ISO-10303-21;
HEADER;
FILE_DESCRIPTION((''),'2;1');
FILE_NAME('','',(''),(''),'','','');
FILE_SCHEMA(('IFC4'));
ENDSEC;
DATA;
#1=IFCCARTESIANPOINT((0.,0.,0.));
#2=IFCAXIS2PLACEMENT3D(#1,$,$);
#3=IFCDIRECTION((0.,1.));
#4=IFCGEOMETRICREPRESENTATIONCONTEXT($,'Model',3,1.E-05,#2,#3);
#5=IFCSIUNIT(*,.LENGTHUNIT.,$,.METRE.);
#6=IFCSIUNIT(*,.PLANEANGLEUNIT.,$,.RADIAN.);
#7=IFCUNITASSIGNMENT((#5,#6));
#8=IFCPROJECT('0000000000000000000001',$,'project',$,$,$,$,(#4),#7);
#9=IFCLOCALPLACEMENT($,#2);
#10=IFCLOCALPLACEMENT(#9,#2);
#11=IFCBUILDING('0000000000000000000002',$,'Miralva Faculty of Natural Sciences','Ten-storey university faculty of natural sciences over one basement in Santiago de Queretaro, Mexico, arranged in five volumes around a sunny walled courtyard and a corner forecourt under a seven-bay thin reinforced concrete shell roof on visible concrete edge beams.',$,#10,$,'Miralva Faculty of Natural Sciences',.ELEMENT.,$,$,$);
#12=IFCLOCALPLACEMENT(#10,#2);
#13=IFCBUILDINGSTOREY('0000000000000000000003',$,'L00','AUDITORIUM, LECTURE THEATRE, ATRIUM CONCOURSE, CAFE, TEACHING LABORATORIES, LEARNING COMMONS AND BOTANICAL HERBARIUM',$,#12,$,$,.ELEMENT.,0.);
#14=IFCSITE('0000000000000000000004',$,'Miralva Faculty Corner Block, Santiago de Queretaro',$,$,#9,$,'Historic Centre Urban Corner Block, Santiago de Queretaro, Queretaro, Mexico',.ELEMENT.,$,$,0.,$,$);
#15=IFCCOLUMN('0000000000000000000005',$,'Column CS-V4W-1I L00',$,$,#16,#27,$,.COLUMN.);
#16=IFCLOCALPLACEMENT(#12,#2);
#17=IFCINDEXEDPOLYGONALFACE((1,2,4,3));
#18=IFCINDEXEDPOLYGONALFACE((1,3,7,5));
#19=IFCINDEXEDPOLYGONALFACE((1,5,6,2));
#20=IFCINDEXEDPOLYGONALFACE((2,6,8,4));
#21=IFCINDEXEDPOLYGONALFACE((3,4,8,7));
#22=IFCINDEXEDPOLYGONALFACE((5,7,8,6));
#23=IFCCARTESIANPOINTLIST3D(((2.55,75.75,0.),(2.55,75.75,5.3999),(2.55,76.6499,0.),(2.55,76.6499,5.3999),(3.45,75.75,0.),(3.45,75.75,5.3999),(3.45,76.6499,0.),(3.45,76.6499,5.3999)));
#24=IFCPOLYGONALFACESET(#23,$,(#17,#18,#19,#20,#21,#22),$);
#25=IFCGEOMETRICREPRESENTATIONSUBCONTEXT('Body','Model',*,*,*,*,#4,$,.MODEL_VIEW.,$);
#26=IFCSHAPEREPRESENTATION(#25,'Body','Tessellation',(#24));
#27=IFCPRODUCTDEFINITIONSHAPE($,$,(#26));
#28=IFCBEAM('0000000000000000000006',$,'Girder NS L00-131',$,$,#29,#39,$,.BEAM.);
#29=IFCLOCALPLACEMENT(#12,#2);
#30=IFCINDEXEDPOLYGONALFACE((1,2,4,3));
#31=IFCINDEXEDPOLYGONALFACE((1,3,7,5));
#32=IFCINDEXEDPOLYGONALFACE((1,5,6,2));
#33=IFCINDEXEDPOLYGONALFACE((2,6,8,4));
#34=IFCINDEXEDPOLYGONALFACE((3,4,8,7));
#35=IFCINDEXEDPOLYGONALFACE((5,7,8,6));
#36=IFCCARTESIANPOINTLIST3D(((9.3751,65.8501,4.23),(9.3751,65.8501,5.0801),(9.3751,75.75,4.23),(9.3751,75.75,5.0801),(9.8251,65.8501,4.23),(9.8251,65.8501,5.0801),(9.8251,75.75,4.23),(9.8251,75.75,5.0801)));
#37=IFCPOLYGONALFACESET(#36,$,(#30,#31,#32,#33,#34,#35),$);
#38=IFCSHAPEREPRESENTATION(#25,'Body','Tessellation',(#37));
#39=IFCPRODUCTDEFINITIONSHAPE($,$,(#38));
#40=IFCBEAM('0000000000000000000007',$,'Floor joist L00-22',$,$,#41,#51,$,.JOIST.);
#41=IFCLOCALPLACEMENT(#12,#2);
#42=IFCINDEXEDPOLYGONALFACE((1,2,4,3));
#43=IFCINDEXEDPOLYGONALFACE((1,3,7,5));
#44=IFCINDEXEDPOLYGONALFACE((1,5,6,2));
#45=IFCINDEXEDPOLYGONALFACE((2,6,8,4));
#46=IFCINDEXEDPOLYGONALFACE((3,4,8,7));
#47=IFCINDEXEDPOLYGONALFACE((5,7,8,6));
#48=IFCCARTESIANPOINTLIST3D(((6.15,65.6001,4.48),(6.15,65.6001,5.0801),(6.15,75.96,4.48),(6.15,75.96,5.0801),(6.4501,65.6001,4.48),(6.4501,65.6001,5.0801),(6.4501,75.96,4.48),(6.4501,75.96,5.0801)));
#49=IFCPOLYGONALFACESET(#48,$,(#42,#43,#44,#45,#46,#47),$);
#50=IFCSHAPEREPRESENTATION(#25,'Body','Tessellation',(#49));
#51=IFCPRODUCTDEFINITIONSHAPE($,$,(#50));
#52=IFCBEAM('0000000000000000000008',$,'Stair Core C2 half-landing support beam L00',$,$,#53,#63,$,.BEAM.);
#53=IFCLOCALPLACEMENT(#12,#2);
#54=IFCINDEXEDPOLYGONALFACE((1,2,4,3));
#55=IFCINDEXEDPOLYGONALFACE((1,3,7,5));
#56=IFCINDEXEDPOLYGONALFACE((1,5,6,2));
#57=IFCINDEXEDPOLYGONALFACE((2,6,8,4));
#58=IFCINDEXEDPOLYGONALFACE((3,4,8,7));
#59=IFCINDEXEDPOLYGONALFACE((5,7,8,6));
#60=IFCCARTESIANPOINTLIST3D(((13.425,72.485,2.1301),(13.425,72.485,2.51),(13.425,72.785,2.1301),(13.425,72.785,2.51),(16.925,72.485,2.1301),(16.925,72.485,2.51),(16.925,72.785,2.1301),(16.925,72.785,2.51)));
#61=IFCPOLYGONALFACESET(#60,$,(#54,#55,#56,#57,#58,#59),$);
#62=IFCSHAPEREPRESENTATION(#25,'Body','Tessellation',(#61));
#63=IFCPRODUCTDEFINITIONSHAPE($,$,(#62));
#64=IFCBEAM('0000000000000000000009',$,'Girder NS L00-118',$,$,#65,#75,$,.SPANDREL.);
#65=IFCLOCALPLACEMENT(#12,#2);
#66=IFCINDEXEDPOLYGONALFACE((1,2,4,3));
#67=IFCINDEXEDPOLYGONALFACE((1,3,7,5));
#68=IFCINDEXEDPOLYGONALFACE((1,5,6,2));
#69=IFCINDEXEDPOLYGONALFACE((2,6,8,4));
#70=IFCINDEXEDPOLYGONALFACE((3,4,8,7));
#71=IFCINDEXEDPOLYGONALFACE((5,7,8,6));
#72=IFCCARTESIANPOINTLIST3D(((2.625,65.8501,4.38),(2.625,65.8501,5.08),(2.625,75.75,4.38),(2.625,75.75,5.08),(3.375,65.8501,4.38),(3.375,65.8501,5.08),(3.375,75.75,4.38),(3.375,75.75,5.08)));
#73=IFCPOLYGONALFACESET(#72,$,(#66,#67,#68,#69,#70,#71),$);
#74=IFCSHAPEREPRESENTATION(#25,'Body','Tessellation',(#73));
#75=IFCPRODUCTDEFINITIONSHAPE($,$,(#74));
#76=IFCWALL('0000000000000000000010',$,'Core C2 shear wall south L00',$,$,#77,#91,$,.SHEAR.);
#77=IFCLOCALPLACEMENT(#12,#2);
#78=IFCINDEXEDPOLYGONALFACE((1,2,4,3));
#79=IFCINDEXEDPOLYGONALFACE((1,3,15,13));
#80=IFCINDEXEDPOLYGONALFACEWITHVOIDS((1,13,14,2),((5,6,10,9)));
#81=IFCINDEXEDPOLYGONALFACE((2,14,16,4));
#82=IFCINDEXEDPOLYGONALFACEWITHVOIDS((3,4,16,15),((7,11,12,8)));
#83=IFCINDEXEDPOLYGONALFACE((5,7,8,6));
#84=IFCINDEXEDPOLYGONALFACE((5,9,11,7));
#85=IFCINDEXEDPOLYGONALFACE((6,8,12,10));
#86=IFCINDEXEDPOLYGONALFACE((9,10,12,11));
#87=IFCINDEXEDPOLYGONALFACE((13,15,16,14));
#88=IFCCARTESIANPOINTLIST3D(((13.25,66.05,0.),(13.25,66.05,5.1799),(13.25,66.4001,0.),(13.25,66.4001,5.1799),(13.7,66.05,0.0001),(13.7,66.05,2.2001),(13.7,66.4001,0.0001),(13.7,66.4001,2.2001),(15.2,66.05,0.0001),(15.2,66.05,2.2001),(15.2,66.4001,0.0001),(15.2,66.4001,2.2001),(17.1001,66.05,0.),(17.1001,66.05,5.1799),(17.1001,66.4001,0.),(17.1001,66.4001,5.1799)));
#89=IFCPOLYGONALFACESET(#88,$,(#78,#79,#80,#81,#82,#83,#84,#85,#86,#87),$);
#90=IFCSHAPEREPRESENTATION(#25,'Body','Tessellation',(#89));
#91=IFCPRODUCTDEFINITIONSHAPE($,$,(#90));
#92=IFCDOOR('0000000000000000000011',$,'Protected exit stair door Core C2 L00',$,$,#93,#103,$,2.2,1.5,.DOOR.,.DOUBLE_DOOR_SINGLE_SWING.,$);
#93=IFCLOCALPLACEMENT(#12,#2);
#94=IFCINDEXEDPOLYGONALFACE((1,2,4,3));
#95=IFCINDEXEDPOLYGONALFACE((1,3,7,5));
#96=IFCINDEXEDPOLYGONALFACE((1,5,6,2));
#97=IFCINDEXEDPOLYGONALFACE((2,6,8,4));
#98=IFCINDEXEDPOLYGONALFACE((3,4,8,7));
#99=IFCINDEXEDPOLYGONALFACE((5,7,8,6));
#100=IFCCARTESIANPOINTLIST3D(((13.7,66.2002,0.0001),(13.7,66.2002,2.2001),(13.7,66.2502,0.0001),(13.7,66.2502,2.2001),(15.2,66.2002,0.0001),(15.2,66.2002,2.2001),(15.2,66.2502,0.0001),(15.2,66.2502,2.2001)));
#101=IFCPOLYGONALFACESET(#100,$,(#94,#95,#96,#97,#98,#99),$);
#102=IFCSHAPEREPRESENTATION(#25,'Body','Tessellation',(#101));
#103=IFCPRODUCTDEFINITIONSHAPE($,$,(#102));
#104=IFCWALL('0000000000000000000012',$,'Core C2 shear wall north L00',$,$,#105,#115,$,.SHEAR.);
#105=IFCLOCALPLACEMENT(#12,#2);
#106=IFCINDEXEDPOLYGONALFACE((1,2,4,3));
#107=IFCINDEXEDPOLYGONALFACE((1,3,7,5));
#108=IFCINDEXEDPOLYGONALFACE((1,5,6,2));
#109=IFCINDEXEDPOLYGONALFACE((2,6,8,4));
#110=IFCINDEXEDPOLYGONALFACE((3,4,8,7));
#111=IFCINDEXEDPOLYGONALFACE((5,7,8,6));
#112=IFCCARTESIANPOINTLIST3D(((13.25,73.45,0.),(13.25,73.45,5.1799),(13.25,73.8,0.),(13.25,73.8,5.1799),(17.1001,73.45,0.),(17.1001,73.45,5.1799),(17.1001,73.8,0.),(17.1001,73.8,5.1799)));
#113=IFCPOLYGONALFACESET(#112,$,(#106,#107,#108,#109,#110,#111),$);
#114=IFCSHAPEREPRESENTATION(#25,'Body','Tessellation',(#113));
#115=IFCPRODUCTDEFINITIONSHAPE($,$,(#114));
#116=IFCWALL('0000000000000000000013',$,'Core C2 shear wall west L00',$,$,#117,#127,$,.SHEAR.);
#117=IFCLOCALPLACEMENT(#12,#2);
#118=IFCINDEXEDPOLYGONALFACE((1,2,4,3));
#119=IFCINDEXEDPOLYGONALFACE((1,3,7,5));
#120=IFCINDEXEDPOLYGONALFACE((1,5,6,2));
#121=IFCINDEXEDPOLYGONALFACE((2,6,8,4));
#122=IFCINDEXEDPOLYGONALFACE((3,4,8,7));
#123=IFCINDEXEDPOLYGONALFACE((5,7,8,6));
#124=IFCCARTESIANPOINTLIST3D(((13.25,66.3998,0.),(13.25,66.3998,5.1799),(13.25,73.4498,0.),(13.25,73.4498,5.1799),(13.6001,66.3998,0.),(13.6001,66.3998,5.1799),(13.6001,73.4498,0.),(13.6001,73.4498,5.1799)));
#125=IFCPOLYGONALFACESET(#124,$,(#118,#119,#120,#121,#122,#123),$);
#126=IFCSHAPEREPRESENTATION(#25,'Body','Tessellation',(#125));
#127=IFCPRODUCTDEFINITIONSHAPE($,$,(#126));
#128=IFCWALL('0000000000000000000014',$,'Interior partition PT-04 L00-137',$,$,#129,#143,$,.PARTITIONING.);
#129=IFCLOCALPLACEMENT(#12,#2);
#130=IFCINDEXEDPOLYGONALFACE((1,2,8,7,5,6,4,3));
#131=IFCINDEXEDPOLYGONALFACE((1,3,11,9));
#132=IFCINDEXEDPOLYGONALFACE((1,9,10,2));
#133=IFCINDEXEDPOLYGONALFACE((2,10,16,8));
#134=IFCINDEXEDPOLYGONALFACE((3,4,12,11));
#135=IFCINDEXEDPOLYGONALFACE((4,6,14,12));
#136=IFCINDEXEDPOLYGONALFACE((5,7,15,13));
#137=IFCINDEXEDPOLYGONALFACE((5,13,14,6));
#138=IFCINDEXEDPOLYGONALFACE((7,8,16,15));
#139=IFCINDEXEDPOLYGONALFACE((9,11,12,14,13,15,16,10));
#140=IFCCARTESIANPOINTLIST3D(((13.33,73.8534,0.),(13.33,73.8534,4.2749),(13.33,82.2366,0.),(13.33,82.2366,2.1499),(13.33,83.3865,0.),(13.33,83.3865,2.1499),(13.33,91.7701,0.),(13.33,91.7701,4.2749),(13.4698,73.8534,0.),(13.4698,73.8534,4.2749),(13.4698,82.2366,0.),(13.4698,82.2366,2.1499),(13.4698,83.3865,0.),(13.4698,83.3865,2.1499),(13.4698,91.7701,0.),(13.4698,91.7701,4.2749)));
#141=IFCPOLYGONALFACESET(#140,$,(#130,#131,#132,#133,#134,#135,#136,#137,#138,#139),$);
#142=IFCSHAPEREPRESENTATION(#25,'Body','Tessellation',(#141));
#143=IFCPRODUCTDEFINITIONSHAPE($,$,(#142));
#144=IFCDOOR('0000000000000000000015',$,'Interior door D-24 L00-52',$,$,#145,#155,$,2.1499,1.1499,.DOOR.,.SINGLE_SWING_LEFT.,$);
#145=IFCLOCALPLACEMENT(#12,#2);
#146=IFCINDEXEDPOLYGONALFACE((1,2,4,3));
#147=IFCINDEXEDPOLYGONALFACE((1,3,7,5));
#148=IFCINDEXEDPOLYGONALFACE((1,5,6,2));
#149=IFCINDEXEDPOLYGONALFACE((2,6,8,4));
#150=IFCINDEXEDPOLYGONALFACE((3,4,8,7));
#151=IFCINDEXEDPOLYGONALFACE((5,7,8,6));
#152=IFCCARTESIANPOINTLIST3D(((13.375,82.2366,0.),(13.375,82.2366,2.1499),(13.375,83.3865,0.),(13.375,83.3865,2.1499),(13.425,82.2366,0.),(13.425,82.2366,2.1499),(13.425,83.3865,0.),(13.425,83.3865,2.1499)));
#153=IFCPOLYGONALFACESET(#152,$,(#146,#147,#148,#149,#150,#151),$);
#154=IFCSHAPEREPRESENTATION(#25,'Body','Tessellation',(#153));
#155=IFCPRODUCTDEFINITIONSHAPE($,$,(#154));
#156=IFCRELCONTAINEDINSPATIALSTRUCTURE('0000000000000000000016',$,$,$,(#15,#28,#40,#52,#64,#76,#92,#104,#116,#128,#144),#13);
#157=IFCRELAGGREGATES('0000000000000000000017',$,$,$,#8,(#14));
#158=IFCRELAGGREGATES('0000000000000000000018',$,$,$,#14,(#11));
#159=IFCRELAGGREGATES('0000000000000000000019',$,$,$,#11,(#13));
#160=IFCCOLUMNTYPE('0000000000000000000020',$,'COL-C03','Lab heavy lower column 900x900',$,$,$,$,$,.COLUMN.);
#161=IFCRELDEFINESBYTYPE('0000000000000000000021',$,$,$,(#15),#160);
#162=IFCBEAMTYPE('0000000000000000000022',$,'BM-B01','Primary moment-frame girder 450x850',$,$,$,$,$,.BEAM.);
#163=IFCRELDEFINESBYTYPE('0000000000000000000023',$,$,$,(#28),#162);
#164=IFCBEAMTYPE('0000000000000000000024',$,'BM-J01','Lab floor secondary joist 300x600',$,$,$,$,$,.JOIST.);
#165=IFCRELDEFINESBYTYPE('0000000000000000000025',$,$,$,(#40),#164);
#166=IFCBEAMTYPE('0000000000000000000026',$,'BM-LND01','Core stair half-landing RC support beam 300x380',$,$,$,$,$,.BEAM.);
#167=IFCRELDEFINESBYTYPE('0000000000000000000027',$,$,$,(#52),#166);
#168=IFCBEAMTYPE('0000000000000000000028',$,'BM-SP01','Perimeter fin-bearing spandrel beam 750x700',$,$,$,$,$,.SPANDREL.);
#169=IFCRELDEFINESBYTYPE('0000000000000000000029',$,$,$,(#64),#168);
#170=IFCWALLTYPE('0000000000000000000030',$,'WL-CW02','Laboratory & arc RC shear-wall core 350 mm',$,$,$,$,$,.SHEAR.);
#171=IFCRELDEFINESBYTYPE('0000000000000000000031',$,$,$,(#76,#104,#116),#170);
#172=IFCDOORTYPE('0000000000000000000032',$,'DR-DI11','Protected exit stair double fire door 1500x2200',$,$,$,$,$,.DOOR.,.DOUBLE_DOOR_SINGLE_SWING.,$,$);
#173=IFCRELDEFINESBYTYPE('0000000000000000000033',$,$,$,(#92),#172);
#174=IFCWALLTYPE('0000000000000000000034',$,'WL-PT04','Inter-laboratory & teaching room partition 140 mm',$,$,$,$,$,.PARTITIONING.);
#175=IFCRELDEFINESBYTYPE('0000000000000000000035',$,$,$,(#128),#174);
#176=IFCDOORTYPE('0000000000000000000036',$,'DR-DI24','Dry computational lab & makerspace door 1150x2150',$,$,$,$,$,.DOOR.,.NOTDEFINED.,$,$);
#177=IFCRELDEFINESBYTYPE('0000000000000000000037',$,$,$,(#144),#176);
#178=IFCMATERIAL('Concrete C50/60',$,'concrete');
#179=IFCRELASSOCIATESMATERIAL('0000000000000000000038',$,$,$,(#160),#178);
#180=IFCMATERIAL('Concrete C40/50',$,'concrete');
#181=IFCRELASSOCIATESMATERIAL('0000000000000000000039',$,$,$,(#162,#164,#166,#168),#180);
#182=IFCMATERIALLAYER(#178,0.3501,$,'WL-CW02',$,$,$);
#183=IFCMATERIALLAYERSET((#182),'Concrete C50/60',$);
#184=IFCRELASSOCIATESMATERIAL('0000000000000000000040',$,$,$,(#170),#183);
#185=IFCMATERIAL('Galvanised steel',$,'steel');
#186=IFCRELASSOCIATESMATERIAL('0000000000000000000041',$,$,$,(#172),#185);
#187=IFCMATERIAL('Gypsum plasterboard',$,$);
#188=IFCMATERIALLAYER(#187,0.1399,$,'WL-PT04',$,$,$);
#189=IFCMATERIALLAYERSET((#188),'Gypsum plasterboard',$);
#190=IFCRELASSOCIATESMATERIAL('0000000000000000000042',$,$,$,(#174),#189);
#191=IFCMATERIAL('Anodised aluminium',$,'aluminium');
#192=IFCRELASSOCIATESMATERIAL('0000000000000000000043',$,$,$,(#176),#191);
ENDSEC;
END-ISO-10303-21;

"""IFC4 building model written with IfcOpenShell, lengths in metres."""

from ifc_helpers import new_model, si_unit, direction, frame, frame_2d, origin, origin_2d, place, context, subcontext, project, spatial, rectangle, extrude, material, layer, layer_set, material_profile, profile_set, type_object, element, fill, save


model = new_model("IFC4")

# Units and contexts
model_context = context("Model", 3, precision=1e-05, world=origin(), true_north=direction((0.0, 1.0)))
body_context = subcontext(model_context, "Body", "Model", "MODEL_VIEW")
ifc_project = project(units=[si_unit("LENGTHUNIT", "METRE"), si_unit("PLANEANGLEUNIT", "RADIAN")], contexts=[model_context])

# Site, building, storey
site_placement = place(None, origin())
site = spatial("IfcSite", under=ifc_project, at=site_placement, Name="Miralva Faculty Corner Block, Santiago de Queretaro", LongName="Historic Centre Urban Corner Block, Santiago de Queretaro, Queretaro, Mexico", CompositionType="ELEMENT", RefElevation=0.0)
building_placement = place(site_placement, origin())
building = spatial("IfcBuilding", under=site, at=building_placement, Name="Miralva Faculty of Natural Sciences", Description="Ten-storey university faculty of natural sciences over one basement in Santiago de Queretaro, Mexico, arranged in five volumes around a sunny walled courtyard and a corner forecourt under a seven-bay thin reinforced concrete shell roof on visible concrete edge beams.", LongName="Miralva Faculty of Natural Sciences", CompositionType="ELEMENT")
storey_placement = place(building_placement, origin())
storey = spatial("IfcBuildingStorey", under=building, at=storey_placement, Name="L00", Description="AUDITORIUM, LECTURE THEATRE, ATRIUM CONCOURSE, CAFE, TEACHING LABORATORIES, LEARNING COMMONS AND BOTANICAL HERBARIUM", CompositionType="ELEMENT", Elevation=0.0)

# Column
ifc_material_1 = material(Name="Concrete C50/60", Category="concrete")
ifc_material_profile_1 = material_profile(ifc_material_1, rectangle(XDim=0.8999, YDim=0.8999, at=origin_2d()), Name="RC 900x900")
ifc_profile_set_1 = profile_set([ifc_material_profile_1], Name="Concrete C50/60")
column_type = type_object("IfcColumnType", Name="COL-C03", Description="Lab heavy lower column 900x900", PredefinedType="COLUMN", material=ifc_profile_set_1)
column_placement = place(storey_placement, frame((3.0, 76.2, 0.0), z_axis=(0.0, 0.0, 1.0), x_axis=(1.0, 0.0, 0.0)))
element("IfcColumn", 1, at=column_placement, inside=storey, type_object=column_type, Name="Column CS-V4W-1I L00", PredefinedType="COLUMN", context=body_context, shape_type="SweptSolid", body=[
    extrude(rectangle(XDim=0.8999, YDim=0.8999, at=origin_2d()), origin(), (0.0, 0.0, 1.0), 5.3999),
])

# Beams
ifc_material_2 = material(Name="Concrete C40/50", Category="concrete")
ifc_material_profile_2 = material_profile(ifc_material_2, rectangle(XDim=0.45, YDim=0.8501, at=origin_2d()), Name="RC 450x850")
ifc_profile_set_2 = profile_set([ifc_material_profile_2], Name="Concrete C40/50")
beam_type_1 = type_object("IfcBeamType", Name="BM-B01", Description="Primary moment-frame girder 450x850", PredefinedType="BEAM", material=ifc_profile_set_2)
beam_1_placement = place(storey_placement, frame((9.6001, 65.8501, 4.655), z_axis=(0.0, 1.0, 0.0), x_axis=(-1.0, 0.0, 0.0)))
element("IfcBeam", 2, at=beam_1_placement, inside=storey, type_object=beam_type_1, Name="Girder NS L00-131", PredefinedType="BEAM", context=body_context, shape_type="SweptSolid", body=[
    extrude(rectangle(XDim=0.45, YDim=0.8501, at=origin_2d()), origin(), (0.0, 0.0, 1.0), 9.8999),
])
ifc_material_profile_3 = material_profile(ifc_material_2, rectangle(XDim=0.3, YDim=0.6001, at=origin_2d()), Name="RC 300x600")
ifc_profile_set_3 = profile_set([ifc_material_profile_3], Name="Concrete C40/50")
beam_type_2 = type_object("IfcBeamType", Name="BM-J01", Description="Lab floor secondary joist 300x600", PredefinedType="JOIST", material=ifc_profile_set_3)
beam_2_placement = place(storey_placement, frame((6.3, 65.6001, 4.78), z_axis=(0.0, 1.0, 0.0), x_axis=(-1.0, 0.0, 0.0)))
element("IfcBeam", 3, at=beam_2_placement, inside=storey, type_object=beam_type_2, Name="Floor joist L00-22", PredefinedType="JOIST", context=body_context, shape_type="SweptSolid", body=[
    extrude(rectangle(XDim=0.3, YDim=0.6001, at=origin_2d()), origin(), (0.0, 0.0, 1.0), 10.3599),
])
ifc_material_profile_4 = material_profile(ifc_material_2, rectangle(XDim=0.3, YDim=0.3799, at=origin_2d()), Name="RC 300x380")
ifc_profile_set_4 = profile_set([ifc_material_profile_4], Name="Concrete C40/50")
beam_type_3 = type_object("IfcBeamType", Name="BM-LND01", Description="Core stair half-landing RC support beam 300x380", PredefinedType="BEAM", material=ifc_profile_set_4)
beam_3_placement = place(storey_placement, frame((13.425, 72.635, 2.3201), z_axis=(1.0, 0.0, 0.0), x_axis=(0.0, 1.0, 0.0)))
element("IfcBeam", 4, at=beam_3_placement, inside=storey, type_object=beam_type_3, Name="Stair Core C2 half-landing support beam L00", PredefinedType="BEAM", context=body_context, shape_type="SweptSolid", body=[
    extrude(rectangle(XDim=0.3, YDim=0.3799, at=origin_2d()), origin(), (0.0, 0.0, 1.0), 3.5),
])
ifc_material_profile_5 = material_profile(ifc_material_2, rectangle(XDim=0.75, YDim=0.7, at=origin_2d()), Name="RC 750x700")
ifc_profile_set_5 = profile_set([ifc_material_profile_5], Name="Concrete C40/50")
beam_type_4 = type_object("IfcBeamType", Name="BM-SP01", Description="Perimeter fin-bearing spandrel beam 750x700", PredefinedType="SPANDREL", material=ifc_profile_set_5)
beam_4_placement = place(storey_placement, frame((3.0, 65.8501, 4.73), z_axis=(0.0, 1.0, 0.0), x_axis=(-1.0, 0.0, 0.0)))
element("IfcBeam", 5, at=beam_4_placement, inside=storey, type_object=beam_type_4, Name="Girder NS L00-118", PredefinedType="SPANDREL", context=body_context, shape_type="SweptSolid", body=[
    extrude(rectangle(XDim=0.75, YDim=0.7, at=origin_2d()), origin(), (0.0, 0.0, 1.0), 9.8999),
])

# Wall, opening, door
ifc_layer_1 = layer(ifc_material_1, 0.3501, Name="WL-CW02")
ifc_layer_set_1 = layer_set([ifc_layer_1], Name="Concrete C50/60")
wall_type_1 = type_object("IfcWallType", Name="WL-CW02", Description="Laboratory & arc RC shear-wall core 350 mm", PredefinedType="SHEAR", material=ifc_layer_set_1)
wall_1_placement = place(storey_placement, frame((13.25, 66.2251, 0.0), z_axis=(0.0, 0.0, 1.0), x_axis=(1.0, 0.0, 0.0)))
wall_1 = element("IfcWall", 6, at=wall_1_placement, inside=storey, type_object=wall_type_1, Name="Core C2 shear wall south L00", PredefinedType="SHEAR", context=body_context, shape_type="SweptSolid", body=[
    extrude(rectangle(XDim=3.8501, YDim=0.3501, at=frame_2d((1.925, 0.0))), origin(), (0.0, 0.0, 1.0), 5.1799),
])
opening_1_placement = place(wall_1_placement, frame((0.45, 0.0, 0.0)))
opening_1 = element("IfcOpeningElement", 7, at=opening_1_placement, cuts=wall_1, PredefinedType="OPENING", context=body_context, shape_type="SweptSolid", body=[
    extrude(rectangle(XDim=1.5, YDim=2.2, at=frame_2d((0.75, 1.1001))), frame((0.0, 0.1851, 0.0), z_axis=(0.0, -1.0, 0.0), x_axis=(1.0, 0.0, 0.0)), (0.0, 0.0, 1.0), 0.3701),
])
ifc_material_3 = material(Name="Galvanised steel", Category="steel")
door_type_1 = type_object("IfcDoorType", Name="DR-DI11", Description="Protected exit stair double fire door 1500x2200", OperationType="DOUBLE_DOOR_SINGLE_SWING", PredefinedType="DOOR", material=ifc_material_3)
door_1_placement = place(opening_1_placement, frame((1.5, 0.0, 0.0), z_axis=(0.0, 0.0, 1.0), x_axis=(-1.0, 0.0, 0.0)))
door_1 = element("IfcDoor", 8, at=door_1_placement, inside=storey, type_object=door_type_1, Name="Protected exit stair door Core C2 L00", OperationType="DOUBLE_DOOR_SINGLE_SWING", OverallHeight=2.2, OverallWidth=1.5, PredefinedType="DOOR", context=body_context, shape_type="SweptSolid", body=[
    extrude(rectangle(XDim=1.5, YDim=2.2, at=frame_2d((0.75, 1.1001))), frame((0.0, 0.0249, 0.0), z_axis=(0.0, -1.0, 0.0), x_axis=(1.0, 0.0, 0.0)), (0.0, 0.0, 1.0), 0.05),
])
fill(opening_1, door_1)

# Walls
wall_2_placement = place(storey_placement, frame((13.25, 73.625, 0.0), z_axis=(0.0, 0.0, 1.0), x_axis=(1.0, 0.0, 0.0)))
element("IfcWall", 9, at=wall_2_placement, inside=storey, type_object=wall_type_1, Name="Core C2 shear wall north L00", PredefinedType="SHEAR", context=body_context, shape_type="SweptSolid", body=[
    extrude(rectangle(XDim=3.8501, YDim=0.3501, at=frame_2d((1.925, 0.0))), origin(), (0.0, 0.0, 1.0), 5.1799),
])
wall_3_placement = place(storey_placement, frame((13.425, 66.3999, 0.0), z_axis=(0.0, 0.0, 1.0), x_axis=(0.0, 1.0, 0.0)))
element("IfcWall", 10, at=wall_3_placement, inside=storey, type_object=wall_type_1, Name="Core C2 shear wall west L00", PredefinedType="SHEAR", context=body_context, shape_type="SweptSolid", body=[
    extrude(rectangle(XDim=7.05, YDim=0.3501, at=frame_2d((3.5249, 0.0))), origin(), (0.0, 0.0, 1.0), 5.1799),
])

# Wall, opening, door
ifc_material_4 = material(Name="Gypsum plasterboard")
ifc_layer_2 = layer(ifc_material_4, 0.1399, Name="WL-PT04")
ifc_layer_set_2 = layer_set([ifc_layer_2], Name="Gypsum plasterboard")
wall_type_2 = type_object("IfcWallType", Name="WL-PT04", Description="Inter-laboratory & teaching room partition 140 mm", PredefinedType="PARTITIONING", material=ifc_layer_set_2)
wall_4_placement = place(storey_placement, frame((13.3999, 73.8533, 0.0), z_axis=(0.0, 0.0, 1.0), x_axis=(0.0, 1.0, 0.0)))
wall_4 = element("IfcWall", 11, at=wall_4_placement, inside=storey, type_object=wall_type_2, Name="Interior partition PT-04 L00-137", PredefinedType="PARTITIONING", context=body_context, shape_type="SweptSolid", body=[
    extrude(rectangle(XDim=17.9167, YDim=0.1399, at=frame_2d((8.9585, 0.0))), origin(), (0.0, 0.0, 1.0), 4.2749),
])
opening_2_placement = place(wall_4_placement, frame((8.3833, 0.0, 0.0)))
opening_2 = element("IfcOpeningElement", 12, at=opening_2_placement, cuts=wall_4, PredefinedType="OPENING", context=body_context, shape_type="SweptSolid", body=[
    extrude(rectangle(XDim=1.1499, YDim=2.1499, at=frame_2d((0.575, 1.075))), frame((0.0, 0.0798, 0.0), z_axis=(0.0, -1.0, 0.0), x_axis=(1.0, 0.0, 0.0)), (0.0, 0.0, 1.0), 0.1599),
])
ifc_material_5 = material(Name="Anodised aluminium", Category="aluminium")
door_type_2 = type_object("IfcDoorType", Name="DR-DI24", Description="Dry computational lab & makerspace door 1150x2150", OperationType="NOTDEFINED", PredefinedType="DOOR", material=ifc_material_5)
door_2_placement = place(opening_2_placement, origin())
door_2 = element("IfcDoor", 13, at=door_2_placement, inside=storey, type_object=door_type_2, Name="Interior door D-24 L00-52", OperationType="SINGLE_SWING_LEFT", OverallHeight=2.1499, OverallWidth=1.1499, PredefinedType="DOOR", context=body_context, shape_type="SweptSolid", body=[
    extrude(rectangle(XDim=1.1499, YDim=2.1499, at=frame_2d((0.575, 1.075))), frame((0.0, 0.0249, 0.0), z_axis=(0.0, -1.0, 0.0), x_axis=(1.0, 0.0, 0.0)), (0.0, 0.0, 1.0), 0.05),
])
fill(opening_2, door_2)

save(model, "model.ifc")
